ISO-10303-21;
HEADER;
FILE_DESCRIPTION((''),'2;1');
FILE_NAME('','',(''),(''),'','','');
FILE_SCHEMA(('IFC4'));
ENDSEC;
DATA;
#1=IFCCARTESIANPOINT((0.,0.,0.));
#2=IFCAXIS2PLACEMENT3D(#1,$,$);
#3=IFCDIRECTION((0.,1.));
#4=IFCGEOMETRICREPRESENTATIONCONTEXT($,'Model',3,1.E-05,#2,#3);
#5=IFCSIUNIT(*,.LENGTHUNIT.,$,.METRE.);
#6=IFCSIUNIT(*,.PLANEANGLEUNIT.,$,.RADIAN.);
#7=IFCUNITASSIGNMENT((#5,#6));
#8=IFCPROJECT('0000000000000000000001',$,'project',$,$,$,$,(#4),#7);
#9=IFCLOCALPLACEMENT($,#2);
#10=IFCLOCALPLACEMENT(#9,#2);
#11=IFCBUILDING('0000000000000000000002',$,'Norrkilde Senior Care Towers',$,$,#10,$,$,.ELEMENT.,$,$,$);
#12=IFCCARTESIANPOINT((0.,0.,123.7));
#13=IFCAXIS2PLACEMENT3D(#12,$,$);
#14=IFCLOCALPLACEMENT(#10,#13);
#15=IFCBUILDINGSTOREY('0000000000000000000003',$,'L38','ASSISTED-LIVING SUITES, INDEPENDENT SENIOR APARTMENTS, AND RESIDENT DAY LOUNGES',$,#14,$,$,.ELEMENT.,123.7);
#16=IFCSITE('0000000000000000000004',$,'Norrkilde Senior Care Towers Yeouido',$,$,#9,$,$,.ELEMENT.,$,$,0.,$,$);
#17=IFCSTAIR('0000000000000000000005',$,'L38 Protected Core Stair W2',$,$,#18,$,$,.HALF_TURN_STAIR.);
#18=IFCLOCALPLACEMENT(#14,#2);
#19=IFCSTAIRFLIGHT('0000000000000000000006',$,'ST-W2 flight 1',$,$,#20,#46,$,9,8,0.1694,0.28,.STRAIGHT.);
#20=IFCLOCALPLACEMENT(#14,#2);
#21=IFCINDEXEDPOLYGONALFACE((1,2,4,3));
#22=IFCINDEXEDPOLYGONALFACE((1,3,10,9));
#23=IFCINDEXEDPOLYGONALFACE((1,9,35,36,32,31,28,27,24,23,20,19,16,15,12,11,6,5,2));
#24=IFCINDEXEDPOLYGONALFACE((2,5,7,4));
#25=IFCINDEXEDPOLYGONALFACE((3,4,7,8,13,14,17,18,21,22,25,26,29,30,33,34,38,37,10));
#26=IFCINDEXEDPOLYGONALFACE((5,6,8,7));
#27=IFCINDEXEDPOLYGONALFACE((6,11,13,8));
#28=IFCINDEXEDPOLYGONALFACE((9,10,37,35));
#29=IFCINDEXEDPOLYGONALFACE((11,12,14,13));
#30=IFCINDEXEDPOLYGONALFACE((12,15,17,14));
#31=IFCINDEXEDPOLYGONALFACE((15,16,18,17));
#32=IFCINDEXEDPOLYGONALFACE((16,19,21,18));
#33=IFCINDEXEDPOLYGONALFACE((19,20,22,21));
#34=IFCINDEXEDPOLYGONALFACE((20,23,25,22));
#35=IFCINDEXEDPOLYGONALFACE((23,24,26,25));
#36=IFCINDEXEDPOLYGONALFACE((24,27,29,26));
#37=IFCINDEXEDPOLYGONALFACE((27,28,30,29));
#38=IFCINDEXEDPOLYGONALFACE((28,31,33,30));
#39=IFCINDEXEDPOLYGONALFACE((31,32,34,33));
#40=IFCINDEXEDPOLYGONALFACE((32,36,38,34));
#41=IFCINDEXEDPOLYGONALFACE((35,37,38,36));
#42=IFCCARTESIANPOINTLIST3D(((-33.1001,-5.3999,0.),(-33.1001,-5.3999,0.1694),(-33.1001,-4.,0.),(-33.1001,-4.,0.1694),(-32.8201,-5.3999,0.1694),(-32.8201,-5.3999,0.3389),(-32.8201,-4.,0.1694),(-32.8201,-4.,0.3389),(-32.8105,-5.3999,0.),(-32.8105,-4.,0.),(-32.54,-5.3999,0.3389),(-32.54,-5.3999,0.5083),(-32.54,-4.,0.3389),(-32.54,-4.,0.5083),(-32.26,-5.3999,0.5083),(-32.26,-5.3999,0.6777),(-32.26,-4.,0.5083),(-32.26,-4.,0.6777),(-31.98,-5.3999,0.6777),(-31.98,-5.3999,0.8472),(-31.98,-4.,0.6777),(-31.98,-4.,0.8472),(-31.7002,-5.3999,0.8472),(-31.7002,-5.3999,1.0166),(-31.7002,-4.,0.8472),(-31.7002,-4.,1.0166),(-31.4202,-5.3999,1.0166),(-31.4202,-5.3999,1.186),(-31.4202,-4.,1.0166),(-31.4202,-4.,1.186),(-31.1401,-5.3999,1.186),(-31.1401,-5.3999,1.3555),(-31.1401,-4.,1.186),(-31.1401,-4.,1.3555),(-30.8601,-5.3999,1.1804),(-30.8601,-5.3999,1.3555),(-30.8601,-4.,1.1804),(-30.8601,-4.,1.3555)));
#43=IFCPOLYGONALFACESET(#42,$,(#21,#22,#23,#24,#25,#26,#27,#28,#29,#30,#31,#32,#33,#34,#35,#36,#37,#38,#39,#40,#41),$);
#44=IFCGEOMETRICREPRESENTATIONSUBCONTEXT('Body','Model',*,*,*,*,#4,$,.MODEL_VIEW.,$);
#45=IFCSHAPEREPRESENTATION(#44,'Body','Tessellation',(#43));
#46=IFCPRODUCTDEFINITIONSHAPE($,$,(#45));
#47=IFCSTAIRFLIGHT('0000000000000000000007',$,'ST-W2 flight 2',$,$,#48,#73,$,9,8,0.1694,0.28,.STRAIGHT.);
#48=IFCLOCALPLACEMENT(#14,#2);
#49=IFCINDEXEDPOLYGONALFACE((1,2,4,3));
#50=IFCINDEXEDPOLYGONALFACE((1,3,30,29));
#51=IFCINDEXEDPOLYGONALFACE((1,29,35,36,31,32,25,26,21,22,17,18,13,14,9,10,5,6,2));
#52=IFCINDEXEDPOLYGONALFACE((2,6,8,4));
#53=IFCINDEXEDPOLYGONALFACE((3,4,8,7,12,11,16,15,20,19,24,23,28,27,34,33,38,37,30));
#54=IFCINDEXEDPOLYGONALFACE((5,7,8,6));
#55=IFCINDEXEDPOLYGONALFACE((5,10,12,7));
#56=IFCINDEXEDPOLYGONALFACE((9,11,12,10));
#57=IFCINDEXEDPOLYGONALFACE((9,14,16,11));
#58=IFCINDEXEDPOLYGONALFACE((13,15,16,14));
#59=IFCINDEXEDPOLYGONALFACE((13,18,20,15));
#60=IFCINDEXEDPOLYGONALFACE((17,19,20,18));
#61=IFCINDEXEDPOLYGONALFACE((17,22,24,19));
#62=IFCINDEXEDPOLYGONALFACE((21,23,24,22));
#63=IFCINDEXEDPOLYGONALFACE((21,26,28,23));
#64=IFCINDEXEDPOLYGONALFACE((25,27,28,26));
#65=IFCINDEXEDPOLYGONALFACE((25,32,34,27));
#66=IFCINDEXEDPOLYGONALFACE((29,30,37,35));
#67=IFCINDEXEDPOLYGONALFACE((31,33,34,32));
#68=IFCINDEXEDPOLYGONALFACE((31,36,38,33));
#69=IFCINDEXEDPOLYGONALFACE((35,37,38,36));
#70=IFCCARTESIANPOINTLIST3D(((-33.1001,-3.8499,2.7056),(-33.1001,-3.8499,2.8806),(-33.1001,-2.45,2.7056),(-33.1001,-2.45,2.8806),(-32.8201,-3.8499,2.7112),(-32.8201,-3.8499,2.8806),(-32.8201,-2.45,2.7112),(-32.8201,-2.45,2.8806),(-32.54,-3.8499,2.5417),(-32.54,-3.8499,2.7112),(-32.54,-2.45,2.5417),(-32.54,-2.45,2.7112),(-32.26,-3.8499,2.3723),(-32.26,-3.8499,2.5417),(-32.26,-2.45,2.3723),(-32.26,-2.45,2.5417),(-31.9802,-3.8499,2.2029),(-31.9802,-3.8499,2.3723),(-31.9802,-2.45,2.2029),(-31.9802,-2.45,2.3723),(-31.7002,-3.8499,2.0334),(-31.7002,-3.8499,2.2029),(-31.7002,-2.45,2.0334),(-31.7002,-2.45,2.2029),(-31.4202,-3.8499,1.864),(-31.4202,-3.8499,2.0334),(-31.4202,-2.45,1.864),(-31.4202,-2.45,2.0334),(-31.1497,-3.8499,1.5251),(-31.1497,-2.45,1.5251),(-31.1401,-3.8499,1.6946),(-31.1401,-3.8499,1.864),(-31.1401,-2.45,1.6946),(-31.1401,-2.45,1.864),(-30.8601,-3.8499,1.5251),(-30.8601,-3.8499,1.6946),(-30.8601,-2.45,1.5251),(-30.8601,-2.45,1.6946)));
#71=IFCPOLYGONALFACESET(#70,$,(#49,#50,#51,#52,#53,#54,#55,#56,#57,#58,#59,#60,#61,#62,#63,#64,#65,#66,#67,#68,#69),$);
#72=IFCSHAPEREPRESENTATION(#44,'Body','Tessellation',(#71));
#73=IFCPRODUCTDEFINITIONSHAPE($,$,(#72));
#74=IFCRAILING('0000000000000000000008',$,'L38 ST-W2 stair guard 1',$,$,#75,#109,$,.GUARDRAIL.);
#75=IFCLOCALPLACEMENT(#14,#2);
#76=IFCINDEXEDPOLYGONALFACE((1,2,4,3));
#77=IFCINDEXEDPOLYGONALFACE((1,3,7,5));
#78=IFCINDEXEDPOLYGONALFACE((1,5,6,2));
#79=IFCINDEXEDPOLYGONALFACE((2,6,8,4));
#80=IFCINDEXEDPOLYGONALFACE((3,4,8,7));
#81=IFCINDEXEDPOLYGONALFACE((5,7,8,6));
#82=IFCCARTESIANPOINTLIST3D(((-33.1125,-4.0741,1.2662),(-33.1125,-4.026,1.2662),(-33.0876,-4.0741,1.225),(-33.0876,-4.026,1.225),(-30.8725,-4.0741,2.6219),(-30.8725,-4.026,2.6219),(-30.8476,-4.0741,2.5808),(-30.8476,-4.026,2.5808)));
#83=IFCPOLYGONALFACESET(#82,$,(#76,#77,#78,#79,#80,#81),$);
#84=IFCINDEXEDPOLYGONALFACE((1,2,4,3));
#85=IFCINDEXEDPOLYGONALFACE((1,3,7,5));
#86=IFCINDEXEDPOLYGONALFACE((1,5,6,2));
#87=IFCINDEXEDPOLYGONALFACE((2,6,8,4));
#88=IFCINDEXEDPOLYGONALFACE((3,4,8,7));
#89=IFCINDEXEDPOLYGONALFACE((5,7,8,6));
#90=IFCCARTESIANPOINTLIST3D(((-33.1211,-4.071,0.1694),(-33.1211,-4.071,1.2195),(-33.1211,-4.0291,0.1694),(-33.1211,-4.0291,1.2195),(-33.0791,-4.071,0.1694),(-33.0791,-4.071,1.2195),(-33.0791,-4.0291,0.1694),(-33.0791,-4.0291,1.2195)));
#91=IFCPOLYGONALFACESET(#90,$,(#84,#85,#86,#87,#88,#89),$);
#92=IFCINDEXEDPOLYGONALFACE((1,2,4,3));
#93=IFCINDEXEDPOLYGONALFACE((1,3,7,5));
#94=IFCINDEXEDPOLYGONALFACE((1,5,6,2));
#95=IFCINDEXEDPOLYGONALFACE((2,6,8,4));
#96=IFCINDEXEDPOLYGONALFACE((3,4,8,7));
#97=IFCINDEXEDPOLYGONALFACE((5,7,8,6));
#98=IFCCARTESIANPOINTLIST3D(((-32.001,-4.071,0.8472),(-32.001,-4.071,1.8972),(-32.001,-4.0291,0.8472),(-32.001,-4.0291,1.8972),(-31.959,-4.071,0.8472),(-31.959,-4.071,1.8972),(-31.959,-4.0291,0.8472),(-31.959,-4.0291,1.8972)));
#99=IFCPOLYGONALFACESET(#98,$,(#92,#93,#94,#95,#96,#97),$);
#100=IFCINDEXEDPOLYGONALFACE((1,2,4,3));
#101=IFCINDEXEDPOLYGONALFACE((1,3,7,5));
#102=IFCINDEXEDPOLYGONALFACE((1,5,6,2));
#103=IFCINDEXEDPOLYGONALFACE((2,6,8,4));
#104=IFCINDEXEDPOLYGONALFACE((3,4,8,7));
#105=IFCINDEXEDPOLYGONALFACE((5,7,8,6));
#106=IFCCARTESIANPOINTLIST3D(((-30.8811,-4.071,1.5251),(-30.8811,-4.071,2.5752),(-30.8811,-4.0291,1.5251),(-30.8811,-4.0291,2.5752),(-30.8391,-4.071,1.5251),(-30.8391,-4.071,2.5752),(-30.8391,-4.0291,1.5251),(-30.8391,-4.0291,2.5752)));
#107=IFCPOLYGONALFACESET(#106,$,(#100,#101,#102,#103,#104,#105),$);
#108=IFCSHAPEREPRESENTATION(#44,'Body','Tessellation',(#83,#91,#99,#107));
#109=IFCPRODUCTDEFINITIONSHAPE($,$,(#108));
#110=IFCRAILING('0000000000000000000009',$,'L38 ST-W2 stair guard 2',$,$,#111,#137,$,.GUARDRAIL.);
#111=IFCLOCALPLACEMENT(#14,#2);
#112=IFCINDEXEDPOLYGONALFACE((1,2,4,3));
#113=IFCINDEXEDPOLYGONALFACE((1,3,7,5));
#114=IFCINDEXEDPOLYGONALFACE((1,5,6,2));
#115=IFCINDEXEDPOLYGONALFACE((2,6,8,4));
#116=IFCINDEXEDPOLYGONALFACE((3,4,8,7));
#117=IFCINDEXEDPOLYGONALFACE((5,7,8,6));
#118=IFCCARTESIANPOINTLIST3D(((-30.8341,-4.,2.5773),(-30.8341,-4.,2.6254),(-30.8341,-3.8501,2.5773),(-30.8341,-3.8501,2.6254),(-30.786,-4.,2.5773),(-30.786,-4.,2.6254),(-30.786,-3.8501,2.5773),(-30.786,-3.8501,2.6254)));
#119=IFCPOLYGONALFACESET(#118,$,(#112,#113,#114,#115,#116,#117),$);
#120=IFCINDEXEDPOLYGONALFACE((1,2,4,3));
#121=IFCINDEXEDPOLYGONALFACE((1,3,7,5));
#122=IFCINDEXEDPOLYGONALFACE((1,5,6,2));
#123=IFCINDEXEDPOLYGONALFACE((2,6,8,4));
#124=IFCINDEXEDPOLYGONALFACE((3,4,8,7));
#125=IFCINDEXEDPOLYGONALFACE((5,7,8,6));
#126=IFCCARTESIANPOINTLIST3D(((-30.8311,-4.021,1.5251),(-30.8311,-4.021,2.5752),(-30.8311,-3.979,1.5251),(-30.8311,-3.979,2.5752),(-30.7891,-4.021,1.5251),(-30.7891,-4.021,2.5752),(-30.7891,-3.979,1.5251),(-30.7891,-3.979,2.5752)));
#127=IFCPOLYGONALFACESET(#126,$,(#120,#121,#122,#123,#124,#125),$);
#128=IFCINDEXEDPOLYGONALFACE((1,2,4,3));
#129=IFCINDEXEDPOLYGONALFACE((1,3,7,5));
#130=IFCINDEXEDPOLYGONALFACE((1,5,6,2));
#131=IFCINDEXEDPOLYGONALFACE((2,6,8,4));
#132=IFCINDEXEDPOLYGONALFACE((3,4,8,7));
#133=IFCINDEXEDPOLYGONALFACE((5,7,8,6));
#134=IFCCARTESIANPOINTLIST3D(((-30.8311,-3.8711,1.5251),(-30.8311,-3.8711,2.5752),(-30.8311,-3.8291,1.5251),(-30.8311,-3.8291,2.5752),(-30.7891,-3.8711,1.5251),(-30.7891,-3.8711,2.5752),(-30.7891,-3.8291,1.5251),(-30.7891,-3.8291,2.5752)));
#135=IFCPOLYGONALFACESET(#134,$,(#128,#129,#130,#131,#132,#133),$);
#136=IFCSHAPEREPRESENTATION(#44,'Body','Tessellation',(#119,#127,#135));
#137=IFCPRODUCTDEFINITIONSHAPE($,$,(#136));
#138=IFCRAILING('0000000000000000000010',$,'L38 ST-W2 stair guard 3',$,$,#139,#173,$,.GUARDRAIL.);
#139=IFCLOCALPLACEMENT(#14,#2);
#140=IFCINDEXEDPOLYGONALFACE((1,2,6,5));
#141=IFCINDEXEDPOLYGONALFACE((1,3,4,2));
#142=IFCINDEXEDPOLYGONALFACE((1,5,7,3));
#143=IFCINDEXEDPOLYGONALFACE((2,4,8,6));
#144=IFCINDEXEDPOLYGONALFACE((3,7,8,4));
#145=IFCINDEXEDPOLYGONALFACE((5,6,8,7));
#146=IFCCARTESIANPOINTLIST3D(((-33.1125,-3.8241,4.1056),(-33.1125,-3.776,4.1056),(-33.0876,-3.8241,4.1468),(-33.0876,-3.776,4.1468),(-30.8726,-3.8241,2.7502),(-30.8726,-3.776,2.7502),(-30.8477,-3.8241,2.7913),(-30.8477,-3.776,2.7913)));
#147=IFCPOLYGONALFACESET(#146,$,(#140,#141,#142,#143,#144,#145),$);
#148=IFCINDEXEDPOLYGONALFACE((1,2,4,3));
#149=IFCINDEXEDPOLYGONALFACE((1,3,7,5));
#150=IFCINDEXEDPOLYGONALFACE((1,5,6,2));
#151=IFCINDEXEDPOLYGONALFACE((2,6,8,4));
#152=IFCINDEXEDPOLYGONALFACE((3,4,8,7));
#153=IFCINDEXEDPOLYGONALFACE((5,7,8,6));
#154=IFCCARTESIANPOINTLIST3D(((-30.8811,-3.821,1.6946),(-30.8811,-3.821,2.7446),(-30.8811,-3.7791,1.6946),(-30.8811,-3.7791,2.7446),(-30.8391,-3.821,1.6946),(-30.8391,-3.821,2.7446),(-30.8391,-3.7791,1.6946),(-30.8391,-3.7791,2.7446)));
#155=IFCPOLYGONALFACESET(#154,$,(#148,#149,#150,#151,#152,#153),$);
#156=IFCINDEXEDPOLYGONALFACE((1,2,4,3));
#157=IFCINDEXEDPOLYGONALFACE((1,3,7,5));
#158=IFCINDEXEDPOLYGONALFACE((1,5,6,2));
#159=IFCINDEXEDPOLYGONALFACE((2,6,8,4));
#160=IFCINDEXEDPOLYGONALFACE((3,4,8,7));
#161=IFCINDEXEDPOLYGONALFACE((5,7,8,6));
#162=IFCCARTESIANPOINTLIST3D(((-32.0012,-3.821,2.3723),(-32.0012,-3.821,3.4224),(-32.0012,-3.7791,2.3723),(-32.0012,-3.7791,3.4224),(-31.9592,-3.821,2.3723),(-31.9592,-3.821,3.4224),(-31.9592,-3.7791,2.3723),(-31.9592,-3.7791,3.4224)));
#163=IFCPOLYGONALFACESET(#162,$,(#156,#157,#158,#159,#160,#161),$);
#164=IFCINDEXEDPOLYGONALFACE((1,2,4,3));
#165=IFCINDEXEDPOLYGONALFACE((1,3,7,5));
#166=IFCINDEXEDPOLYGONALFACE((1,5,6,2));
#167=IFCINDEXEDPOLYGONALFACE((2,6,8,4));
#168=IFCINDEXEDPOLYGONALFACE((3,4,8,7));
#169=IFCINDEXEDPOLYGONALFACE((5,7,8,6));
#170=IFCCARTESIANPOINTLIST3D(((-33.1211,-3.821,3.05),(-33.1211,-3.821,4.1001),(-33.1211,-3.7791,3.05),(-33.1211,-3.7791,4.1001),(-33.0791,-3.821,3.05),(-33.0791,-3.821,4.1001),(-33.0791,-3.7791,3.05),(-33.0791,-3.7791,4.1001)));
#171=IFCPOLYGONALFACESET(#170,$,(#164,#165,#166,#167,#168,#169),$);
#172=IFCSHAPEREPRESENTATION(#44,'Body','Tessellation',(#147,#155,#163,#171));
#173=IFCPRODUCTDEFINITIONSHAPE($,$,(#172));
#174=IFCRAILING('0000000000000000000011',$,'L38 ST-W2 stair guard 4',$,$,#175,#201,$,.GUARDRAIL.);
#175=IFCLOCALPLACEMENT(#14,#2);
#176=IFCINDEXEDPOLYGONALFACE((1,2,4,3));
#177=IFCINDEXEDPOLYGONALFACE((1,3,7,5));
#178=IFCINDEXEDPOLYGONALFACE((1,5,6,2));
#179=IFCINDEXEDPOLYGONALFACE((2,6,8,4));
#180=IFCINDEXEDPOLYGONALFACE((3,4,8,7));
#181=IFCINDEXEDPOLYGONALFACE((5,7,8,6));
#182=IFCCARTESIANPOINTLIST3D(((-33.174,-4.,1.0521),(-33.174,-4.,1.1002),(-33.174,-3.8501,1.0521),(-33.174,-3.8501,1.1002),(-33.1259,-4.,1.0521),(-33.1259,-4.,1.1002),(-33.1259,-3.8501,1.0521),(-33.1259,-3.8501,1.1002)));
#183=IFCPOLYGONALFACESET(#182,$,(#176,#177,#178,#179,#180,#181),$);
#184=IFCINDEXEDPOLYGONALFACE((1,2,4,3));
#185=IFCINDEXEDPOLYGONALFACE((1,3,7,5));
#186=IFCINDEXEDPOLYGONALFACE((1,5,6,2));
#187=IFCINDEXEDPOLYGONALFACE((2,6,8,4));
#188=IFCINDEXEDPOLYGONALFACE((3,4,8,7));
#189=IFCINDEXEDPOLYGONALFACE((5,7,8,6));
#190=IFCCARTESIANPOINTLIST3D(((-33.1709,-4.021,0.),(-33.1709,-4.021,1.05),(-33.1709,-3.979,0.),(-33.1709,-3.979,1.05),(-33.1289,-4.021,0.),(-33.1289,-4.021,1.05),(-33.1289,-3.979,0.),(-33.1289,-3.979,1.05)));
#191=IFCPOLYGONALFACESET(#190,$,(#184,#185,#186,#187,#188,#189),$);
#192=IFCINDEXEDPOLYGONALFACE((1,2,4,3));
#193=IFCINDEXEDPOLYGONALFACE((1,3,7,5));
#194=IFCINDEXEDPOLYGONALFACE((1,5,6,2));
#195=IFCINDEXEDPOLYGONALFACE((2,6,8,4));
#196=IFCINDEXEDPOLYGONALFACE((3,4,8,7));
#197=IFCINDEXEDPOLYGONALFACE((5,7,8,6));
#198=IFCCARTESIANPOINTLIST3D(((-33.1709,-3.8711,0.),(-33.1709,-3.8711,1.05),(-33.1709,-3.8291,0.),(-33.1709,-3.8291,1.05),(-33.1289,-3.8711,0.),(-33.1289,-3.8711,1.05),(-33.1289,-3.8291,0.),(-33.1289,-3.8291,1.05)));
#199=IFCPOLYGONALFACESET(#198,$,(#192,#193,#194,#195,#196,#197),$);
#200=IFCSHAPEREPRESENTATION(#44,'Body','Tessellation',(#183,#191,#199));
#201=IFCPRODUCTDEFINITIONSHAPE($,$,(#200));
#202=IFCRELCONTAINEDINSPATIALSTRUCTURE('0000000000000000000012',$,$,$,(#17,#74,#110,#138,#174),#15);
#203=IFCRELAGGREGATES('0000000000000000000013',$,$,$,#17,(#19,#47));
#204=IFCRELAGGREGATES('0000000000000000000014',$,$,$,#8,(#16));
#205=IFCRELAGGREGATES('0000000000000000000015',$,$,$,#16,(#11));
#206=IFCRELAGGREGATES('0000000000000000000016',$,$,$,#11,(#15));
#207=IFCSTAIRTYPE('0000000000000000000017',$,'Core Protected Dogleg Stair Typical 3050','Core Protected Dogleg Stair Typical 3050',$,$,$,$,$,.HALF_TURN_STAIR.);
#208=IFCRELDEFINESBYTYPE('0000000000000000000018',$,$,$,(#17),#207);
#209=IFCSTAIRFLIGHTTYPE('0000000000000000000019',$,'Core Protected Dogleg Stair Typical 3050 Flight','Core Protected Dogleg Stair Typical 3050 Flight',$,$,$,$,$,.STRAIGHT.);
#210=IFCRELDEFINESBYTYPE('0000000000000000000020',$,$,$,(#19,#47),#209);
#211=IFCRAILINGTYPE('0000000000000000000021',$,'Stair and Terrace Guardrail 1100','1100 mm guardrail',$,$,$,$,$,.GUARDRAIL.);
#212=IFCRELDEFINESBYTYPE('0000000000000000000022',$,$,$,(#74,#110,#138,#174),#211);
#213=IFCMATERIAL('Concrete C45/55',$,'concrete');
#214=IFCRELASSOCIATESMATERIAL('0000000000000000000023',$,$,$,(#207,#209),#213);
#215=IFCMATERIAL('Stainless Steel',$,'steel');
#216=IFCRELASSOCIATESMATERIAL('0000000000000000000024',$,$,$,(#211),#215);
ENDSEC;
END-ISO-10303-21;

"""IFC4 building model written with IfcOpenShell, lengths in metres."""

from ifc_helpers import new_model, si_unit, direction, frame, origin, origin_2d, place, context, subcontext, project, spatial, polyline, rectangle, outline, extrude, material, type_object, element, aggregate, save


model = new_model("IFC4")

# Units and contexts
model_context = context("Model", 3, precision=1e-05, world=origin(), true_north=direction((0.0, 1.0)))
body_context = subcontext(model_context, "Body", "Model", "MODEL_VIEW")
ifc_project = project(units=[si_unit("LENGTHUNIT", "METRE"), si_unit("PLANEANGLEUNIT", "RADIAN")], contexts=[model_context])

# Site, building, storey
site_placement = place(None, origin())
site = spatial("IfcSite", under=ifc_project, at=site_placement, Name="Norrkilde Senior Care Towers Yeouido", CompositionType="ELEMENT", RefElevation=0.0)
building_placement = place(site_placement, origin())
building = spatial("IfcBuilding", under=site, at=building_placement, Name="Norrkilde Senior Care Towers", CompositionType="ELEMENT")
storey_placement = place(building_placement, frame((0.0, 0.0, 123.7)))
storey = spatial("IfcBuildingStorey", under=building, at=storey_placement, Name="L38", Description="ASSISTED-LIVING SUITES, INDEPENDENT SENIOR APARTMENTS, AND RESIDENT DAY LOUNGES", CompositionType="ELEMENT", Elevation=123.7)

# Shared definitions
ifc_material_1 = material(Name="Concrete C45/55", Category="concrete")

# Stair, stair flights
stair_type = type_object("IfcStairType", Name="Core Protected Dogleg Stair Typical 3050", Description="Core Protected Dogleg Stair Typical 3050", PredefinedType="HALF_TURN_STAIR", material=ifc_material_1)
stair_placement = place(storey_placement, origin())
stair = element("IfcStair", 1, at=stair_placement, inside=storey, type_object=stair_type, Name="L38 Protected Core Stair W2", PredefinedType="HALF_TURN_STAIR")
stair_flight_type = type_object("IfcStairFlightType", Name="Core Protected Dogleg Stair Typical 3050 Flight", Description="Core Protected Dogleg Stair Typical 3050 Flight", PredefinedType="STRAIGHT", material=ifc_material_1)
stair_flight_1_placement = place(storey_placement, frame((-33.1001, -4.7, 0.0), z_axis=(0.0, 0.0, 1.0), x_axis=(1.0, 0.0, 0.0)))
stair_flight_1 = element("IfcStairFlight", 2, at=stair_flight_1_placement, type_object=stair_flight_type, Name="ST-W2 flight 1", NumberOfRisers=9, NumberOfTreads=8, PredefinedType="STRAIGHT", RiserHeight=0.1694, TreadLength=0.28, context=body_context, shape_type="SweptSolid", body=[
    extrude(outline(polyline([(0.0, 0.0), (0.0, 0.1694), (0.28, 0.1694), (0.28, 0.3389), (0.5601, 0.3389), (0.5601, 0.5083), (0.8401, 0.5083), (0.8401, 0.6777), (1.1201, 0.6777), (1.1201, 0.8472), (1.3999, 0.8472), (1.3999, 1.0166), (1.6799, 1.0166), (1.6799, 1.186), (1.96, 1.186), (1.96, 1.3555), (2.24, 1.3555), (2.24, 1.5249), (2.24, 1.1804), (0.2896, 0.0), (0.0, 0.0)])), frame((0.0, 0.7, 0.0), z_axis=(0.0, -1.0, 0.0), x_axis=(1.0, 0.0, 0.0)), (0.0, 0.0, 1.0), 1.3999),
])
stair_flight_2_placement = place(storey_placement, frame((-30.8601, -3.1499, 1.5251), z_axis=(0.0, 0.0, 1.0), x_axis=(-1.0, 0.0, 0.0)))
stair_flight_2 = element("IfcStairFlight", 3, at=stair_flight_2_placement, type_object=stair_flight_type, Name="ST-W2 flight 2", NumberOfRisers=9, NumberOfTreads=8, PredefinedType="STRAIGHT", RiserHeight=0.1694, TreadLength=0.28, context=body_context, shape_type="SweptSolid", body=[
    extrude(outline(polyline([(0.0, 0.0), (0.0, 0.1694), (0.28, 0.1694), (0.28, 0.3389), (0.5601, 0.3389), (0.5601, 0.5083), (0.8401, 0.5083), (0.8401, 0.6777), (1.1201, 0.6777), (1.1201, 0.8472), (1.3999, 0.8472), (1.3999, 1.0166), (1.6799, 1.0166), (1.6799, 1.186), (1.96, 1.186), (1.96, 1.3555), (2.24, 1.3555), (2.24, 1.5249), (2.24, 1.1804), (0.2896, 0.0), (0.0, 0.0)])), frame((0.0, 0.7, 0.0), z_axis=(0.0, -1.0, 0.0), x_axis=(1.0, 0.0, 0.0)), (0.0, 0.0, 1.0), 1.3999),
])
aggregate(stair, [stair_flight_1, stair_flight_2])

# Railings
ifc_material_2 = material(Name="Stainless Steel", Category="steel")
railing_type_1 = type_object("IfcRailingType", Name="Stair and Terrace Guardrail 1100", Description="1100 mm guardrail", PredefinedType="GUARDRAIL", material=ifc_material_2)
railing_1_placement = place(storey_placement, frame((-33.1001, -4.05, 0.1694)))
element("IfcRailing", 4, at=railing_1_placement, inside=storey, type_object=railing_type_1, Name="L38 ST-W2 stair guard 1", PredefinedType="GUARDRAIL", context=body_context, shape_type="SweptSolid", body=[
    extrude(rectangle(XDim=0.0481, YDim=0.0481, at=origin_2d()), frame((0.0, 0.0, 1.0762), z_axis=(0.855512, 0.0, 0.517783), x_axis=(0.0, 1.0, 0.0)), (0.0, 0.0, 1.0), 2.6184),
    extrude(rectangle(XDim=0.042, YDim=0.042, at=origin_2d()), origin(), (0.0, 0.0, 1.0), 1.05),
    extrude(rectangle(XDim=0.042, YDim=0.042, at=origin_2d()), frame((1.1201, 0.0, 0.6777)), (0.0, 0.0, 1.0), 1.05),
    extrude(rectangle(XDim=0.042, YDim=0.042, at=origin_2d()), frame((2.24, 0.0, 1.3557)), (0.0, 0.0, 1.0), 1.05),
])
railing_2_placement = place(storey_placement, frame((-30.8101, -4.0, 1.5251)))
element("IfcRailing", 5, at=railing_2_placement, inside=storey, type_object=railing_type_1, Name="L38 ST-W2 stair guard 2", PredefinedType="GUARDRAIL", context=body_context, shape_type="SweptSolid", body=[
    extrude(rectangle(XDim=0.0481, YDim=0.0481, at=origin_2d()), frame((0.0, 0.0, 1.0762), z_axis=(0.0, 1.0, 0.0), x_axis=(-1.0, 0.0, 0.0)), (0.0, 0.0, 1.0), 0.1499),
    extrude(rectangle(XDim=0.042, YDim=0.042, at=origin_2d()), origin(), (0.0, 0.0, 1.0), 1.05),
    extrude(rectangle(XDim=0.042, YDim=0.042, at=origin_2d()), frame((0.0, 0.1499, 0.0)), (0.0, 0.0, 1.0), 1.05),
])
railing_3_placement = place(storey_placement, frame((-30.8601, -3.8, 1.6946)))
element("IfcRailing", 6, at=railing_3_placement, inside=storey, type_object=railing_type_1, Name="L38 ST-W2 stair guard 3", PredefinedType="GUARDRAIL", context=body_context, shape_type="SweptSolid", body=[
    extrude(rectangle(XDim=0.0481, YDim=0.0481, at=origin_2d()), frame((0.0, 0.0, 1.0762), z_axis=(-0.855553, 0.0, 0.517715), x_axis=(0.0, -1.0, 0.0)), (0.0, 0.0, 1.0), 2.6182),
    extrude(rectangle(XDim=0.042, YDim=0.042, at=origin_2d()), origin(), (0.0, 0.0, 1.0), 1.05),
    extrude(rectangle(XDim=0.042, YDim=0.042, at=origin_2d()), frame((-1.1201, 0.0, 0.6777)), (0.0, 0.0, 1.0), 1.05),
    extrude(rectangle(XDim=0.042, YDim=0.042, at=origin_2d()), frame((-2.24, 0.0, 1.3555)), (0.0, 0.0, 1.0), 1.05),
])
railing_4_placement = place(storey_placement, frame((-33.1499, -4.0, 0.0)))
element("IfcRailing", 7, at=railing_4_placement, inside=storey, type_object=railing_type_1, Name="L38 ST-W2 stair guard 4", PredefinedType="GUARDRAIL", context=body_context, shape_type="SweptSolid", body=[
    extrude(rectangle(XDim=0.0481, YDim=0.0481, at=origin_2d()), frame((0.0, 0.0, 1.0762), z_axis=(0.0, 1.0, 0.0), x_axis=(-1.0, 0.0, 0.0)), (0.0, 0.0, 1.0), 0.1499),
    extrude(rectangle(XDim=0.042, YDim=0.042, at=origin_2d()), origin(), (0.0, 0.0, 1.0), 1.05),
    extrude(rectangle(XDim=0.042, YDim=0.042, at=origin_2d()), frame((0.0, 0.1499, 0.0)), (0.0, 0.0, 1.0), 1.05),
])

save(model, "model.ifc")
